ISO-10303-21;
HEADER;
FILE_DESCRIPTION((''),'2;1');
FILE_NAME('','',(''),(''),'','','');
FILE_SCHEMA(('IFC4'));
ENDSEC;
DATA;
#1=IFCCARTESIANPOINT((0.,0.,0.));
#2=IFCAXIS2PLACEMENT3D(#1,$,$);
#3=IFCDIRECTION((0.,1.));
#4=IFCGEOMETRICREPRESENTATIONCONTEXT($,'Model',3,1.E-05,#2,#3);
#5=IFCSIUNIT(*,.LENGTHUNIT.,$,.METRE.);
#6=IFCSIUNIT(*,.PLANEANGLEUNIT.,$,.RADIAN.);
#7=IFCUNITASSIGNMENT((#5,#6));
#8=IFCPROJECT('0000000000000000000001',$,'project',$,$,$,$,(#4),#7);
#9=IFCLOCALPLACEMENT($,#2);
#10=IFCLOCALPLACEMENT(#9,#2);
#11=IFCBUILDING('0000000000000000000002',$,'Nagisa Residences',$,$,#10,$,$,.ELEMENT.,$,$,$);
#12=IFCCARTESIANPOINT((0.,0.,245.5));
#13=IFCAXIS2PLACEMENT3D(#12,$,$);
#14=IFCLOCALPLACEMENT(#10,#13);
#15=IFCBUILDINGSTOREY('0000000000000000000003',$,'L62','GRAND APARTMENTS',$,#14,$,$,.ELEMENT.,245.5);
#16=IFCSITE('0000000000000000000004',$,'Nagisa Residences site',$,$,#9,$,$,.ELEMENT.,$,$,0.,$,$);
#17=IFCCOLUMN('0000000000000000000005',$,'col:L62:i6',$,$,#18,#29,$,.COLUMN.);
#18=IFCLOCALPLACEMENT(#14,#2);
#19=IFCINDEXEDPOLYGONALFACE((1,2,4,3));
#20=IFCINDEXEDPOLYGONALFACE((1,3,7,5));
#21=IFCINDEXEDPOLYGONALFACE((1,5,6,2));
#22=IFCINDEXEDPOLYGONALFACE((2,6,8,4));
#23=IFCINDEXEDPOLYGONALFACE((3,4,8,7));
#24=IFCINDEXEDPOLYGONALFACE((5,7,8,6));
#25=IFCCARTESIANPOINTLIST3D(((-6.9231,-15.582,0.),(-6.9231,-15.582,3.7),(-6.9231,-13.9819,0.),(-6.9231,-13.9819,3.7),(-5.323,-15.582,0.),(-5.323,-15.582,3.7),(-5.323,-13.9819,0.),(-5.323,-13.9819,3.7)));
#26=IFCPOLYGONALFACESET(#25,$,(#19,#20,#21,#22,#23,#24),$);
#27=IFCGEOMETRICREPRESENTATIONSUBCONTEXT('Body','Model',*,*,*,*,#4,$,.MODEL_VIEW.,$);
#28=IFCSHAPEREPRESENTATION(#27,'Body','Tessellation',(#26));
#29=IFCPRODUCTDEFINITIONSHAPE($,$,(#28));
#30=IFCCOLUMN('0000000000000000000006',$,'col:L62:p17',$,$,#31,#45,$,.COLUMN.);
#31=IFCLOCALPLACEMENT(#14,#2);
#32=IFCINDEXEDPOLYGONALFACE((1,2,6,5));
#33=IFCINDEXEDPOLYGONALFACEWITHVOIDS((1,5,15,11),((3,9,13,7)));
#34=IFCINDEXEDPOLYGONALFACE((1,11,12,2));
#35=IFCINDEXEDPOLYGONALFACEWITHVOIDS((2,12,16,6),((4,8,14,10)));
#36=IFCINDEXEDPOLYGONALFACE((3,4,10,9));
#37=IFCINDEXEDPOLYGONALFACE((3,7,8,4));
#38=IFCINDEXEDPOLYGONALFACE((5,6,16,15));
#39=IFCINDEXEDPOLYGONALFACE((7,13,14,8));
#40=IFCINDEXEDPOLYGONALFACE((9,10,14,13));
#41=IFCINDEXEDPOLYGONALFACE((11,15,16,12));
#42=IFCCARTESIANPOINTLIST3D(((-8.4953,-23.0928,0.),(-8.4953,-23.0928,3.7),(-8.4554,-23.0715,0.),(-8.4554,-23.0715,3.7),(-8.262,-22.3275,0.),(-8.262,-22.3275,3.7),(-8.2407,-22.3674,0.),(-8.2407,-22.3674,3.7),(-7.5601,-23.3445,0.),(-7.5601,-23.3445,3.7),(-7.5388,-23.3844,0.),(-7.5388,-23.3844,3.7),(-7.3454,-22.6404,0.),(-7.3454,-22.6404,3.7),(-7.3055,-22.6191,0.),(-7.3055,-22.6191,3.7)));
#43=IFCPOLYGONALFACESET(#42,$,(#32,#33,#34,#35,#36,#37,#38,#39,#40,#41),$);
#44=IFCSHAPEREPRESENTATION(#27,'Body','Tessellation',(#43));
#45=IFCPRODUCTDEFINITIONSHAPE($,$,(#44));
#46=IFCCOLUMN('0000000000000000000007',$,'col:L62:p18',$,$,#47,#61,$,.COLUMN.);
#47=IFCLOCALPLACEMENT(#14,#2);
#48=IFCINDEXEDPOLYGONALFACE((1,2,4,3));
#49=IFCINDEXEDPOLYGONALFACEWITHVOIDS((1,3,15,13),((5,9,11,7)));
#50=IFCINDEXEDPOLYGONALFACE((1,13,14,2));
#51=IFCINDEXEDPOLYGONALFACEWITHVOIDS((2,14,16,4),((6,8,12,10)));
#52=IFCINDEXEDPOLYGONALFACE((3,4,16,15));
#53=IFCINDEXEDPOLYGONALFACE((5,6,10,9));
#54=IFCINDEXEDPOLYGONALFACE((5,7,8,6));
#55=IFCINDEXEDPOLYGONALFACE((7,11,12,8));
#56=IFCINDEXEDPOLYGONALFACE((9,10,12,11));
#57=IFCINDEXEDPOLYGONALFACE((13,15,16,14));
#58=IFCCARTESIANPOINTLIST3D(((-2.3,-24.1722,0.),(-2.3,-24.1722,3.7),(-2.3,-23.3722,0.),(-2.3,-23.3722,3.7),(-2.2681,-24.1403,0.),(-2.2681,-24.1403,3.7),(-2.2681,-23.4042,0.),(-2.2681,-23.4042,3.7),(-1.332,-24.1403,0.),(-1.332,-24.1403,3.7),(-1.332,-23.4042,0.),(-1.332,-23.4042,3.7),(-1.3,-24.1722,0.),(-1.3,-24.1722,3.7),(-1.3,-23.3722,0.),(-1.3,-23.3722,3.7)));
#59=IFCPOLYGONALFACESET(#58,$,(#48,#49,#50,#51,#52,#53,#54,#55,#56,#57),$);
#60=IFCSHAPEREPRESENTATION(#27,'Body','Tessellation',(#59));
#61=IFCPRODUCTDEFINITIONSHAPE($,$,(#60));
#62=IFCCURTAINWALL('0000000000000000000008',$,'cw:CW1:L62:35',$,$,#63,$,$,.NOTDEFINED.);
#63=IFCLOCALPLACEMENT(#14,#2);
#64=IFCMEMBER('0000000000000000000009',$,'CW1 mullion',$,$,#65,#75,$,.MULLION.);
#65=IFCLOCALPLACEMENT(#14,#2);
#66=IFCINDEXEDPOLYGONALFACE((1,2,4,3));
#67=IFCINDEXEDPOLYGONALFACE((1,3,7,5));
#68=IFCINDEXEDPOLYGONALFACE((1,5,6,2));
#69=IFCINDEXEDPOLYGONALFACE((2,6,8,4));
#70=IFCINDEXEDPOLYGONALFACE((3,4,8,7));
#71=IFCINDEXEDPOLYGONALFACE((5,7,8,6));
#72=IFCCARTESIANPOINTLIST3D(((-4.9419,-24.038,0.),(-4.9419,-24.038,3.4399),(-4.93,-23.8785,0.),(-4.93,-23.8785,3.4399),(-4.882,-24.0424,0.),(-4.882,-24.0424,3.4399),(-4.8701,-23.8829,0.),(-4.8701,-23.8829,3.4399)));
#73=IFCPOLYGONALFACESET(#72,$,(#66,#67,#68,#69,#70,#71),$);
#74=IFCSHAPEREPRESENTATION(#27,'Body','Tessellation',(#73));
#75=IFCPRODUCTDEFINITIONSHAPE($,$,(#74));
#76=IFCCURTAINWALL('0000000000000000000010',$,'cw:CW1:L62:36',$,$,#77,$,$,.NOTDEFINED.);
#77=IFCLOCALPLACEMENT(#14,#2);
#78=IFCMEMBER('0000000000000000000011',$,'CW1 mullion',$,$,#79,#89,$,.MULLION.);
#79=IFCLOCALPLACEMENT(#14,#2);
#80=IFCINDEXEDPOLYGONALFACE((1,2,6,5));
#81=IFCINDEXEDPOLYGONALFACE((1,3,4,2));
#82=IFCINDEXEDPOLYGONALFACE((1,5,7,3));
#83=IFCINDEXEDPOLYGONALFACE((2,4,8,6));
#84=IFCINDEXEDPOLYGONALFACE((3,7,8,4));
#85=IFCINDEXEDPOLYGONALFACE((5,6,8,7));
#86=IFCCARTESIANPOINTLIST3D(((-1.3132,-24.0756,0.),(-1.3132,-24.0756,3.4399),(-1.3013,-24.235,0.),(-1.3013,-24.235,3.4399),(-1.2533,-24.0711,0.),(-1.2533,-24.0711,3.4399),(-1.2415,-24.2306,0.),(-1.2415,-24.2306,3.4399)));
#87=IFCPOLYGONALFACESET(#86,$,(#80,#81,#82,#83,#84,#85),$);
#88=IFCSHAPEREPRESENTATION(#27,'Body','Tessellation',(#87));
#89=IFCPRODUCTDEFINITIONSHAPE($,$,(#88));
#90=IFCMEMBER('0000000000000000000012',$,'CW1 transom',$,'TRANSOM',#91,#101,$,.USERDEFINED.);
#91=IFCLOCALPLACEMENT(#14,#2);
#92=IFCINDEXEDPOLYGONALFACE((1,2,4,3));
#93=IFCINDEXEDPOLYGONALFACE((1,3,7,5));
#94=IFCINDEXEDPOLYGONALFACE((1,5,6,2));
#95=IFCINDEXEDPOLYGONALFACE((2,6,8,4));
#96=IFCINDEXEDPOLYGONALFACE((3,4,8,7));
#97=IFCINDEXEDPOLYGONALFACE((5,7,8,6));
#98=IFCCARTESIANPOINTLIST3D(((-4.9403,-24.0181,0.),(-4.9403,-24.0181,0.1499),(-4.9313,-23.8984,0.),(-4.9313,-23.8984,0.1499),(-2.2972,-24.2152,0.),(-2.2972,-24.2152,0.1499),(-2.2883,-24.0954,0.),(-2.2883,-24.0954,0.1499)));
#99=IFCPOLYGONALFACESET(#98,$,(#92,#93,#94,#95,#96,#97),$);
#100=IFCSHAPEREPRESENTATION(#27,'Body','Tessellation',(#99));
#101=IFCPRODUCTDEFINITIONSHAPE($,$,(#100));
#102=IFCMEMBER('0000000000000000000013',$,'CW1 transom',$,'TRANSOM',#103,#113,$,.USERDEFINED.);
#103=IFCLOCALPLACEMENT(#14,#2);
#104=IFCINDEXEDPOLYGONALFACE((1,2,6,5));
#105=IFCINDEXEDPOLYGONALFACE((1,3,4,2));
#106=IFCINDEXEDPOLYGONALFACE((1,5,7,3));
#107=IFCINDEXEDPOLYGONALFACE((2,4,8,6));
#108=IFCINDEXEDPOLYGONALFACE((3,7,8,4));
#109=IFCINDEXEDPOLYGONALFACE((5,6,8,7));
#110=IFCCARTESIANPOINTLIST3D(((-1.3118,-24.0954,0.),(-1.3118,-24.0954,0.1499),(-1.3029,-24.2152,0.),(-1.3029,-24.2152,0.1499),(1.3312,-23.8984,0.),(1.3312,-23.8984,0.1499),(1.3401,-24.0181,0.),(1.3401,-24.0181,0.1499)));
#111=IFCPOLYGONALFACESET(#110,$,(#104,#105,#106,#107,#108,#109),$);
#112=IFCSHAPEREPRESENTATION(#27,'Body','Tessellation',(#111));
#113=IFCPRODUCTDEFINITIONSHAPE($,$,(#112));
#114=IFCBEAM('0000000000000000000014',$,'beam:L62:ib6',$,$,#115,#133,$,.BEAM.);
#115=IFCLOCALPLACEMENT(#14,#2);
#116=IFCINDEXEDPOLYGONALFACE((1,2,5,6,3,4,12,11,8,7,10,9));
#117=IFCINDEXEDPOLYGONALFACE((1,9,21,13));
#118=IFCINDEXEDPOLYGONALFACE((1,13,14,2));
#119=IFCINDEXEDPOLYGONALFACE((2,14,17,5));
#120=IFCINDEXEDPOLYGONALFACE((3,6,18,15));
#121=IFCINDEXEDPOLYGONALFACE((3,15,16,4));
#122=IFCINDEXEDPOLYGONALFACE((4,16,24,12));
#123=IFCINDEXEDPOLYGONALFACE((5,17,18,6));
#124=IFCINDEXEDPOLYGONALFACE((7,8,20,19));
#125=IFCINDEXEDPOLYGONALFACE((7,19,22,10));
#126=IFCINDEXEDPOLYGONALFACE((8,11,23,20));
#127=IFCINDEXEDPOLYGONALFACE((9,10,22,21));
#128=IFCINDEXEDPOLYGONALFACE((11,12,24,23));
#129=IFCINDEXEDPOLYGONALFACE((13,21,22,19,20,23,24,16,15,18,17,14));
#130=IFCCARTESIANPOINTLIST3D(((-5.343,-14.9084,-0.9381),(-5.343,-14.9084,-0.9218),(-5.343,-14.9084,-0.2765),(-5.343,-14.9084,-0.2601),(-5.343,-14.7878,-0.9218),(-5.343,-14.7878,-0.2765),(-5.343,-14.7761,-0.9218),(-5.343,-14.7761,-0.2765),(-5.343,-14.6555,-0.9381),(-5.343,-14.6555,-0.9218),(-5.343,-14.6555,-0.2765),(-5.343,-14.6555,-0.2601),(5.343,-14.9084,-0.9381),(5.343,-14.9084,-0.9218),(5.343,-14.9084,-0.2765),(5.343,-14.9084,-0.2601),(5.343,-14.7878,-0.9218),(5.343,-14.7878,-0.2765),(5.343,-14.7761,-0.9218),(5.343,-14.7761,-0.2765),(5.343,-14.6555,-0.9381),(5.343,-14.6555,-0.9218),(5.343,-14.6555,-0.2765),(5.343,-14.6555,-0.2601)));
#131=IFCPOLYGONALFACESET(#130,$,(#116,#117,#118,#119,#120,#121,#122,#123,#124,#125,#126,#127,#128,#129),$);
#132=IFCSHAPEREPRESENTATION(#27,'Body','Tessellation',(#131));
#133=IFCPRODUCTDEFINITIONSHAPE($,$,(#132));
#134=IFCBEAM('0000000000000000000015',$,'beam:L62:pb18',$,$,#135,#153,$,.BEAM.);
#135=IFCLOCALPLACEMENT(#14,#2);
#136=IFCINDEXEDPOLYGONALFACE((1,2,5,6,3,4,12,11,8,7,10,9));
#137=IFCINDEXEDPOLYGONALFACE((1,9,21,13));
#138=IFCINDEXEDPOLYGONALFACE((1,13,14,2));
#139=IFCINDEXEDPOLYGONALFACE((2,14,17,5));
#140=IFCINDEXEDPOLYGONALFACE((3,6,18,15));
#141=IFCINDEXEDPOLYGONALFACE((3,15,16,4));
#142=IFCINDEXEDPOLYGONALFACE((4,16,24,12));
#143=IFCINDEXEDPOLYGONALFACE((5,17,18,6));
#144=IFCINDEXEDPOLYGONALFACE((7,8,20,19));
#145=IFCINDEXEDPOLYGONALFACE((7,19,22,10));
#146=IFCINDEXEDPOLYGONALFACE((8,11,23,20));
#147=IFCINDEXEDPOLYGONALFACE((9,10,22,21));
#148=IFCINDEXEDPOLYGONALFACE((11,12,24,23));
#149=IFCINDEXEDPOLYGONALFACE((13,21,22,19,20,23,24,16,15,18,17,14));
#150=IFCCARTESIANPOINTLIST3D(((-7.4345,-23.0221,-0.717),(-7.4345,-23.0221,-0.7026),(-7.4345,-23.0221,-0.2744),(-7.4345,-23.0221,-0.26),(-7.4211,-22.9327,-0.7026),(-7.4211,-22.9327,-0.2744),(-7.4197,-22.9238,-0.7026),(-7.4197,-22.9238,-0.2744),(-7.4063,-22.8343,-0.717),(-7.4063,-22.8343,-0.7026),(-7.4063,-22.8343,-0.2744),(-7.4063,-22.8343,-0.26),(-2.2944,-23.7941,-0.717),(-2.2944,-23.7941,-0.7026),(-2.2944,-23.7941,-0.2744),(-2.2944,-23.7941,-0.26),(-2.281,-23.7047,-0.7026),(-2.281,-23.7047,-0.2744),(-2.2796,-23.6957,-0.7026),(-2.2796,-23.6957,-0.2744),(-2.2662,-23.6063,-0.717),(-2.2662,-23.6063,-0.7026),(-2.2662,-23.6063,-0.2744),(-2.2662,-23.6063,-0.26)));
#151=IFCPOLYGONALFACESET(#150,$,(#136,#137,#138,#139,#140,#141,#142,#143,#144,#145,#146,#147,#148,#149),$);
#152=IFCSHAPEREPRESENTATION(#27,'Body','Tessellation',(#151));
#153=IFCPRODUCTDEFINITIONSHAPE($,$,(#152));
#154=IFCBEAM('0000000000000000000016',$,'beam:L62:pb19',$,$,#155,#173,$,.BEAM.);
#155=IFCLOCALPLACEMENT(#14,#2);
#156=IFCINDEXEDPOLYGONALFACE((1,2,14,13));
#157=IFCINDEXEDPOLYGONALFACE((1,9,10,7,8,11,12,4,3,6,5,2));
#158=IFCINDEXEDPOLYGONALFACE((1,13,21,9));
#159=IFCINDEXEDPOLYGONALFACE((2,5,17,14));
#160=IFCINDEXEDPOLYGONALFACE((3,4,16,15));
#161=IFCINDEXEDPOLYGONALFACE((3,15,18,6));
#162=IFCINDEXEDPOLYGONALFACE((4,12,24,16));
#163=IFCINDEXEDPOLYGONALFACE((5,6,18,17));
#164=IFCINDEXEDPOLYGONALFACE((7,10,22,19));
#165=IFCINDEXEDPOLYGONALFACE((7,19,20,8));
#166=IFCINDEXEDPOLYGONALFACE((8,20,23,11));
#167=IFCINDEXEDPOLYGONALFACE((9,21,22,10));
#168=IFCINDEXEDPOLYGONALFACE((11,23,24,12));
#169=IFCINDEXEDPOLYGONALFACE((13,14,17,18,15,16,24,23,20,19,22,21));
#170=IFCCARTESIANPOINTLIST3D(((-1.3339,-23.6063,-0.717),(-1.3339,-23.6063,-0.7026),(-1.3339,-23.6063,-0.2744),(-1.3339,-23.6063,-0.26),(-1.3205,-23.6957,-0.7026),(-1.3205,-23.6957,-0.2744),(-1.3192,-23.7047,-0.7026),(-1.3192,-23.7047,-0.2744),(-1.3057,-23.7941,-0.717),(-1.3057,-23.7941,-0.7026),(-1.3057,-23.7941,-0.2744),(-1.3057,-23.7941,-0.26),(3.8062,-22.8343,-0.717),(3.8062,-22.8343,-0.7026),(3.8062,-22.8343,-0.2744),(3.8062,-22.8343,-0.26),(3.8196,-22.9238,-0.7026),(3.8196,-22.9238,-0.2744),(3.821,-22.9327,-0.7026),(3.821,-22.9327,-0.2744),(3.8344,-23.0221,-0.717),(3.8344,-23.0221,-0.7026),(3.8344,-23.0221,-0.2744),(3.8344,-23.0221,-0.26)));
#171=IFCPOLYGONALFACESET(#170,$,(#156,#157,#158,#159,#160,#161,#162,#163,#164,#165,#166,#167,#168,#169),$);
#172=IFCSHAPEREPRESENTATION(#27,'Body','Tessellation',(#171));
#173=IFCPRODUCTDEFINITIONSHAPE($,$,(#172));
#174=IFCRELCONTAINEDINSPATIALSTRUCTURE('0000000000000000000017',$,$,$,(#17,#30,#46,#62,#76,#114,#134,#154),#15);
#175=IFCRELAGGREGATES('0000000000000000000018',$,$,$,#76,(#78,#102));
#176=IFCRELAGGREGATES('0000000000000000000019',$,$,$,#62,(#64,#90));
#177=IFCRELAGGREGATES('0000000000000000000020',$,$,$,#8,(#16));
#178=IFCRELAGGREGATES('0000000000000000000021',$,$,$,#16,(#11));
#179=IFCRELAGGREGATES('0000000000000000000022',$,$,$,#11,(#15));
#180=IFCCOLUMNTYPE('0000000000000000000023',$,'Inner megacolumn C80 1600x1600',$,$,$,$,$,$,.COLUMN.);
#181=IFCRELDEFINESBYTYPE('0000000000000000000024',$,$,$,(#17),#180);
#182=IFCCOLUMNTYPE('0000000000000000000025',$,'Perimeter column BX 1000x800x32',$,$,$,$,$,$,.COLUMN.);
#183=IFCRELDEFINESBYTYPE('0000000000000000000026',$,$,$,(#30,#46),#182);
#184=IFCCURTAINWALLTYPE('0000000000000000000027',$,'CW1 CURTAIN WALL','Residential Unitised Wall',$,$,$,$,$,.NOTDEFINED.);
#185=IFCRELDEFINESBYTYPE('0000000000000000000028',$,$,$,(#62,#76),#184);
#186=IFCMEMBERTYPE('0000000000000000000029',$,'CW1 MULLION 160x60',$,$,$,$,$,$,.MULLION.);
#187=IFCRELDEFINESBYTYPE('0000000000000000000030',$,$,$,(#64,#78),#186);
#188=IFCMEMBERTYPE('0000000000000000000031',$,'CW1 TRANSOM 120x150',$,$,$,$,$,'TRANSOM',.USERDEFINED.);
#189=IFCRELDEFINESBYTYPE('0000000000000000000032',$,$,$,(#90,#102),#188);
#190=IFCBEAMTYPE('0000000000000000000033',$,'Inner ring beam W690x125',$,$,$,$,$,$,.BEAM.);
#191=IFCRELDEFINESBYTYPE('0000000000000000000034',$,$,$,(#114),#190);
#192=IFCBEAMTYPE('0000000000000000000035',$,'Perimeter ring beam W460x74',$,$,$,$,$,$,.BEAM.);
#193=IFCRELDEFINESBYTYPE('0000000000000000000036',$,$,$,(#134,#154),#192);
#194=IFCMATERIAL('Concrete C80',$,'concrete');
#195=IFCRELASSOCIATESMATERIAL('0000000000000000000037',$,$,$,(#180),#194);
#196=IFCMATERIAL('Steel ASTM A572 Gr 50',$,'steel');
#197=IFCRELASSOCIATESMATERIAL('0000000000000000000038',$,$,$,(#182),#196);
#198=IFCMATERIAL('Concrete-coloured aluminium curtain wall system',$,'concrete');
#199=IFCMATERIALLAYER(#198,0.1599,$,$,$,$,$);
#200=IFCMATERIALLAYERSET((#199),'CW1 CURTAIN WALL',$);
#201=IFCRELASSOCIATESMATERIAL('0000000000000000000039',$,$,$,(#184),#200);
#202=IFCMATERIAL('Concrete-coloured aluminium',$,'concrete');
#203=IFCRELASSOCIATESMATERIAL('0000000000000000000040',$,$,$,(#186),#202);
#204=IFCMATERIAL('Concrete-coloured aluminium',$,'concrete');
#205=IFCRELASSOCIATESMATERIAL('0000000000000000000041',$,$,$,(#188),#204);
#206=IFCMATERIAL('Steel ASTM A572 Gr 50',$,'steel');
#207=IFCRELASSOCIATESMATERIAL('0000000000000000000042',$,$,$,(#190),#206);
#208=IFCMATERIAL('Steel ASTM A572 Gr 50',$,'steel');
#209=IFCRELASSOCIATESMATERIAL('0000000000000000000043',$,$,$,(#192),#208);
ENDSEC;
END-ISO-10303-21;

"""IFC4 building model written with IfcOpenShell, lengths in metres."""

from ifc_helpers import new_model, si_unit, direction, frame, origin, origin_2d, place, context, subcontext, project, spatial, rectangle, hollow_rectangle, i_section, extrude, material, layer, layer_set, material_profile, profile_set, type_object, element, aggregate, save


model = new_model("IFC4")

# Units and contexts
model_context = context("Model", 3, precision=1e-05, world=origin(), true_north=direction((0.0, 1.0)))
body_context = subcontext(model_context, "Body", "Model", "MODEL_VIEW")
ifc_project = project(units=[si_unit("LENGTHUNIT", "METRE"), si_unit("PLANEANGLEUNIT", "RADIAN")], contexts=[model_context])

# Site, building, storey
site_placement = place(None, origin())
site = spatial("IfcSite", under=ifc_project, at=site_placement, Name="Nagisa Residences site", CompositionType="ELEMENT", RefElevation=0.0)
building_placement = place(site_placement, origin())
building = spatial("IfcBuilding", under=site, at=building_placement, Name="Nagisa Residences", CompositionType="ELEMENT")
storey_placement = place(building_placement, frame((0.0, 0.0, 245.5)))
storey = spatial("IfcBuildingStorey", under=building, at=storey_placement, Name="L62", Description="GRAND APARTMENTS", CompositionType="ELEMENT", Elevation=245.5)

# Columns
ifc_material_1 = material(Name="Concrete C80", Category="concrete")
ifc_material_profile_1 = material_profile(ifc_material_1, rectangle(XDim=1.6001, YDim=1.6001, at=origin_2d()), Name="C80 1600x1600")
ifc_profile_set_1 = profile_set([ifc_material_profile_1], Name="Concrete C80")
column_type_1 = type_object("IfcColumnType", Name="Inner megacolumn C80 1600x1600", PredefinedType="COLUMN", material=ifc_profile_set_1)
column_placement = place(storey_placement, frame((-6.123, -14.782, 0.0), z_axis=(0.0, 0.0, 1.0), x_axis=(1.0, 0.0, 0.0)))
element("IfcColumn", 1, at=column_placement, inside=storey, type_object=column_type_1, Name="col:L62:i6", PredefinedType="COLUMN", context=body_context, shape_type="SweptSolid", body=[
    extrude(rectangle(XDim=1.6001, YDim=1.6001, at=origin_2d()), origin(), (0.0, 0.0, 1.0), 3.7),
])
ifc_material_2 = material(Name="Steel ASTM A572 Gr 50", Category="steel")
ifc_material_profile_2 = material_profile(ifc_material_2, hollow_rectangle(XDim=1.0, YDim=0.8, WallThickness=0.032, at=origin_2d()), Name="BX 1000x800x32")
ifc_profile_set_2 = profile_set([ifc_material_profile_2], Name="Steel ASTM A572 Gr 50")
column_type_2 = type_object("IfcColumnType", Name="Perimeter column BX 1000x800x32", PredefinedType="COLUMN", material=ifc_profile_set_2)
for number, where, z_axis, x_axis, name in (
    (2, (-7.9004, -22.856, 0.0), (0.0, 0.0, 1.0), (0.956525, -0.291652, 0.0), "col:L62:p17"),
    (3, (-1.8, -23.7722, 0.0), (0.0, 0.0, 1.0), (1.0, 0.0, 0.0), "col:L62:p18"),
):
    element("IfcColumn", number, at=place(storey_placement, frame(where, z_axis=z_axis, x_axis=x_axis)), inside=storey, type_object=column_type_2, Name=name, PredefinedType="COLUMN", context=body_context, shape_type="SweptSolid", body=[
        extrude(hollow_rectangle(XDim=1.0, YDim=0.8, WallThickness=0.032, at=origin_2d()), origin(), (0.0, 0.0, 1.0), 3.7),
    ])

# Curtain walls, members
ifc_material_3 = material(Name="Concrete-coloured aluminium curtain wall system", Category="concrete")
ifc_layer_1 = layer(ifc_material_3, 0.1599)
ifc_layer_set_1 = layer_set([ifc_layer_1], Name="CW1 CURTAIN WALL")
curtain_wall_type = type_object("IfcCurtainWallType", Name="CW1 CURTAIN WALL", Description="Residential Unitised Wall", PredefinedType="NOTDEFINED", material=ifc_layer_set_1)
curtain_wall_1_placement = place(storey_placement, origin())
curtain_wall_1 = element("IfcCurtainWall", 4, at=curtain_wall_1_placement, inside=storey, type_object=curtain_wall_type, Name="cw:CW1:L62:35", PredefinedType="NOTDEFINED")
ifc_material_4 = material(Name="Concrete-coloured aluminium", Category="concrete")
ifc_material_profile_3 = material_profile(ifc_material_4, rectangle(XDim=0.1599, YDim=0.0601, at=origin_2d()), Name="CW1 MULLION 160x60")
ifc_profile_set_3 = profile_set([ifc_material_profile_3], Name="Concrete-coloured aluminium")
member_type_1 = type_object("IfcMemberType", Name="CW1 MULLION 160x60", PredefinedType="MULLION", material=ifc_profile_set_3)
member_1_placement = place(storey_placement, frame((-4.906, -23.9604, 0.0), z_axis=(0.0, 0.0, 1.0), x_axis=(0.074377, 0.99723, 0.0)))
member_1 = element("IfcMember", 5, at=member_1_placement, type_object=member_type_1, Name="CW1 mullion", PredefinedType="MULLION", context=body_context, shape_type="SweptSolid", body=[
    extrude(rectangle(XDim=0.1599, YDim=0.0601, at=origin_2d()), origin(), (0.0, 0.0, 1.0), 3.4399),
])
curtain_wall_2_placement = place(storey_placement, origin())
curtain_wall_2 = element("IfcCurtainWall", 6, at=curtain_wall_2_placement, inside=storey, type_object=curtain_wall_type, Name="cw:CW1:L62:36", PredefinedType="NOTDEFINED")
member_2_placement = place(storey_placement, frame((-1.2773, -24.1531, 0.0), z_axis=(0.0, 0.0, 1.0), x_axis=(-0.074377, 0.99723, 0.0)))
member_2 = element("IfcMember", 7, at=member_2_placement, type_object=member_type_1, Name="CW1 mullion", PredefinedType="MULLION", context=body_context, shape_type="SweptSolid", body=[
    extrude(rectangle(XDim=0.1599, YDim=0.0601, at=origin_2d()), origin(), (0.0, 0.0, 1.0), 3.4399),
])

# Members
ifc_material_5 = material(Name="Concrete-coloured aluminium", Category="concrete")
ifc_material_profile_4 = material_profile(ifc_material_5, rectangle(XDim=0.1201, YDim=0.1499, at=origin_2d()), Name="CW1 TRANSOM 120x150")
ifc_profile_set_4 = profile_set([ifc_material_profile_4], Name="Concrete-coloured aluminium")
member_type_2 = type_object("IfcMemberType", Name="CW1 TRANSOM 120x150", ElementType="TRANSOM", PredefinedType="USERDEFINED", material=ifc_profile_set_4)
member_3_placement = place(storey_placement, frame((-4.9358, -23.9583, 0.075), z_axis=(0.997233, -0.074337, 0.0), x_axis=(0.074337, 0.997233, 0.0)))
member_3 = element("IfcMember", 8, at=member_3_placement, type_object=member_type_2, Name="CW1 transom", ObjectType="TRANSOM", PredefinedType="USERDEFINED", context=body_context, shape_type="SweptSolid", body=[
    extrude(rectangle(XDim=0.1201, YDim=0.1499, at=origin_2d()), origin(), (0.0, 0.0, 1.0), 2.6504),
])
member_4_placement = place(storey_placement, frame((-1.3074, -24.1553, 0.075), z_axis=(0.997233, 0.074337, 0.0), x_axis=(-0.074337, 0.997233, 0.0)))
member_4 = element("IfcMember", 9, at=member_4_placement, type_object=member_type_2, Name="CW1 transom", ObjectType="TRANSOM", PredefinedType="USERDEFINED", context=body_context, shape_type="SweptSolid", body=[
    extrude(rectangle(XDim=0.1201, YDim=0.1499, at=origin_2d()), origin(), (0.0, 0.0, 1.0), 2.6504),
])
aggregate(curtain_wall_2, [member_2, member_4])

# Beams
ifc_material_6 = material(Name="Steel ASTM A572 Gr 50", Category="steel")
ifc_material_profile_5 = material_profile(ifc_material_6, i_section(OverallWidth=0.2529, OverallDepth=0.678, WebThickness=0.0117, FlangeThickness=0.0164, at=origin_2d()), Name="W690x125")
ifc_profile_set_5 = profile_set([ifc_material_profile_5], Name="Steel ASTM A572 Gr 50")
beam_type_1 = type_object("IfcBeamType", Name="Inner ring beam W690x125", PredefinedType="BEAM", material=ifc_profile_set_5)
beam_1_placement = place(storey_placement, frame((-5.343, -14.782, -0.5991), z_axis=(1.0, 0.0, 0.0), x_axis=(0.0, 1.0, 0.0)))
element("IfcBeam", 10, at=beam_1_placement, inside=storey, type_object=beam_type_1, Name="beam:L62:ib6", PredefinedType="BEAM", context=body_context, shape_type="SweptSolid", body=[
    extrude(i_section(OverallWidth=0.2529, OverallDepth=0.678, WebThickness=0.0117, FlangeThickness=0.0164, at=origin_2d()), origin(), (0.0, 0.0, 1.0), 10.686),
])
ifc_material_7 = material(Name="Steel ASTM A572 Gr 50", Category="steel")
ifc_material_profile_6 = material_profile(ifc_material_7, i_section(OverallWidth=0.1899, OverallDepth=0.457, WebThickness=0.009, FlangeThickness=0.0144, at=origin_2d()), Name="W460x74")
ifc_profile_set_6 = profile_set([ifc_material_profile_6], Name="Steel ASTM A572 Gr 50")
beam_type_2 = type_object("IfcBeamType", Name="Perimeter ring beam W460x74", PredefinedType="BEAM", material=ifc_profile_set_6)
for number, where, z_axis, x_axis, name in (
    (11, (-7.4204, -22.9282, -0.4885), (0.988909, -0.14852, 0.0), (0.14852, 0.988909, 0.0), "beam:L62:pb18"),
    (12, (-1.3198, -23.7002, -0.4885), (0.988909, 0.14852, 0.0), (-0.14852, 0.988909, 0.0), "beam:L62:pb19"),
):
    element("IfcBeam", number, at=place(storey_placement, frame(where, z_axis=z_axis, x_axis=x_axis)), inside=storey, type_object=beam_type_2, Name=name, PredefinedType="BEAM", context=body_context, shape_type="SweptSolid", body=[
        extrude(i_section(OverallWidth=0.1899, OverallDepth=0.457, WebThickness=0.009, FlangeThickness=0.0144, at=origin_2d()), origin(), (0.0, 0.0, 1.0), 5.1978),
    ])

aggregate(curtain_wall_1, [member_1, member_3])

save(model, "model.ifc")
